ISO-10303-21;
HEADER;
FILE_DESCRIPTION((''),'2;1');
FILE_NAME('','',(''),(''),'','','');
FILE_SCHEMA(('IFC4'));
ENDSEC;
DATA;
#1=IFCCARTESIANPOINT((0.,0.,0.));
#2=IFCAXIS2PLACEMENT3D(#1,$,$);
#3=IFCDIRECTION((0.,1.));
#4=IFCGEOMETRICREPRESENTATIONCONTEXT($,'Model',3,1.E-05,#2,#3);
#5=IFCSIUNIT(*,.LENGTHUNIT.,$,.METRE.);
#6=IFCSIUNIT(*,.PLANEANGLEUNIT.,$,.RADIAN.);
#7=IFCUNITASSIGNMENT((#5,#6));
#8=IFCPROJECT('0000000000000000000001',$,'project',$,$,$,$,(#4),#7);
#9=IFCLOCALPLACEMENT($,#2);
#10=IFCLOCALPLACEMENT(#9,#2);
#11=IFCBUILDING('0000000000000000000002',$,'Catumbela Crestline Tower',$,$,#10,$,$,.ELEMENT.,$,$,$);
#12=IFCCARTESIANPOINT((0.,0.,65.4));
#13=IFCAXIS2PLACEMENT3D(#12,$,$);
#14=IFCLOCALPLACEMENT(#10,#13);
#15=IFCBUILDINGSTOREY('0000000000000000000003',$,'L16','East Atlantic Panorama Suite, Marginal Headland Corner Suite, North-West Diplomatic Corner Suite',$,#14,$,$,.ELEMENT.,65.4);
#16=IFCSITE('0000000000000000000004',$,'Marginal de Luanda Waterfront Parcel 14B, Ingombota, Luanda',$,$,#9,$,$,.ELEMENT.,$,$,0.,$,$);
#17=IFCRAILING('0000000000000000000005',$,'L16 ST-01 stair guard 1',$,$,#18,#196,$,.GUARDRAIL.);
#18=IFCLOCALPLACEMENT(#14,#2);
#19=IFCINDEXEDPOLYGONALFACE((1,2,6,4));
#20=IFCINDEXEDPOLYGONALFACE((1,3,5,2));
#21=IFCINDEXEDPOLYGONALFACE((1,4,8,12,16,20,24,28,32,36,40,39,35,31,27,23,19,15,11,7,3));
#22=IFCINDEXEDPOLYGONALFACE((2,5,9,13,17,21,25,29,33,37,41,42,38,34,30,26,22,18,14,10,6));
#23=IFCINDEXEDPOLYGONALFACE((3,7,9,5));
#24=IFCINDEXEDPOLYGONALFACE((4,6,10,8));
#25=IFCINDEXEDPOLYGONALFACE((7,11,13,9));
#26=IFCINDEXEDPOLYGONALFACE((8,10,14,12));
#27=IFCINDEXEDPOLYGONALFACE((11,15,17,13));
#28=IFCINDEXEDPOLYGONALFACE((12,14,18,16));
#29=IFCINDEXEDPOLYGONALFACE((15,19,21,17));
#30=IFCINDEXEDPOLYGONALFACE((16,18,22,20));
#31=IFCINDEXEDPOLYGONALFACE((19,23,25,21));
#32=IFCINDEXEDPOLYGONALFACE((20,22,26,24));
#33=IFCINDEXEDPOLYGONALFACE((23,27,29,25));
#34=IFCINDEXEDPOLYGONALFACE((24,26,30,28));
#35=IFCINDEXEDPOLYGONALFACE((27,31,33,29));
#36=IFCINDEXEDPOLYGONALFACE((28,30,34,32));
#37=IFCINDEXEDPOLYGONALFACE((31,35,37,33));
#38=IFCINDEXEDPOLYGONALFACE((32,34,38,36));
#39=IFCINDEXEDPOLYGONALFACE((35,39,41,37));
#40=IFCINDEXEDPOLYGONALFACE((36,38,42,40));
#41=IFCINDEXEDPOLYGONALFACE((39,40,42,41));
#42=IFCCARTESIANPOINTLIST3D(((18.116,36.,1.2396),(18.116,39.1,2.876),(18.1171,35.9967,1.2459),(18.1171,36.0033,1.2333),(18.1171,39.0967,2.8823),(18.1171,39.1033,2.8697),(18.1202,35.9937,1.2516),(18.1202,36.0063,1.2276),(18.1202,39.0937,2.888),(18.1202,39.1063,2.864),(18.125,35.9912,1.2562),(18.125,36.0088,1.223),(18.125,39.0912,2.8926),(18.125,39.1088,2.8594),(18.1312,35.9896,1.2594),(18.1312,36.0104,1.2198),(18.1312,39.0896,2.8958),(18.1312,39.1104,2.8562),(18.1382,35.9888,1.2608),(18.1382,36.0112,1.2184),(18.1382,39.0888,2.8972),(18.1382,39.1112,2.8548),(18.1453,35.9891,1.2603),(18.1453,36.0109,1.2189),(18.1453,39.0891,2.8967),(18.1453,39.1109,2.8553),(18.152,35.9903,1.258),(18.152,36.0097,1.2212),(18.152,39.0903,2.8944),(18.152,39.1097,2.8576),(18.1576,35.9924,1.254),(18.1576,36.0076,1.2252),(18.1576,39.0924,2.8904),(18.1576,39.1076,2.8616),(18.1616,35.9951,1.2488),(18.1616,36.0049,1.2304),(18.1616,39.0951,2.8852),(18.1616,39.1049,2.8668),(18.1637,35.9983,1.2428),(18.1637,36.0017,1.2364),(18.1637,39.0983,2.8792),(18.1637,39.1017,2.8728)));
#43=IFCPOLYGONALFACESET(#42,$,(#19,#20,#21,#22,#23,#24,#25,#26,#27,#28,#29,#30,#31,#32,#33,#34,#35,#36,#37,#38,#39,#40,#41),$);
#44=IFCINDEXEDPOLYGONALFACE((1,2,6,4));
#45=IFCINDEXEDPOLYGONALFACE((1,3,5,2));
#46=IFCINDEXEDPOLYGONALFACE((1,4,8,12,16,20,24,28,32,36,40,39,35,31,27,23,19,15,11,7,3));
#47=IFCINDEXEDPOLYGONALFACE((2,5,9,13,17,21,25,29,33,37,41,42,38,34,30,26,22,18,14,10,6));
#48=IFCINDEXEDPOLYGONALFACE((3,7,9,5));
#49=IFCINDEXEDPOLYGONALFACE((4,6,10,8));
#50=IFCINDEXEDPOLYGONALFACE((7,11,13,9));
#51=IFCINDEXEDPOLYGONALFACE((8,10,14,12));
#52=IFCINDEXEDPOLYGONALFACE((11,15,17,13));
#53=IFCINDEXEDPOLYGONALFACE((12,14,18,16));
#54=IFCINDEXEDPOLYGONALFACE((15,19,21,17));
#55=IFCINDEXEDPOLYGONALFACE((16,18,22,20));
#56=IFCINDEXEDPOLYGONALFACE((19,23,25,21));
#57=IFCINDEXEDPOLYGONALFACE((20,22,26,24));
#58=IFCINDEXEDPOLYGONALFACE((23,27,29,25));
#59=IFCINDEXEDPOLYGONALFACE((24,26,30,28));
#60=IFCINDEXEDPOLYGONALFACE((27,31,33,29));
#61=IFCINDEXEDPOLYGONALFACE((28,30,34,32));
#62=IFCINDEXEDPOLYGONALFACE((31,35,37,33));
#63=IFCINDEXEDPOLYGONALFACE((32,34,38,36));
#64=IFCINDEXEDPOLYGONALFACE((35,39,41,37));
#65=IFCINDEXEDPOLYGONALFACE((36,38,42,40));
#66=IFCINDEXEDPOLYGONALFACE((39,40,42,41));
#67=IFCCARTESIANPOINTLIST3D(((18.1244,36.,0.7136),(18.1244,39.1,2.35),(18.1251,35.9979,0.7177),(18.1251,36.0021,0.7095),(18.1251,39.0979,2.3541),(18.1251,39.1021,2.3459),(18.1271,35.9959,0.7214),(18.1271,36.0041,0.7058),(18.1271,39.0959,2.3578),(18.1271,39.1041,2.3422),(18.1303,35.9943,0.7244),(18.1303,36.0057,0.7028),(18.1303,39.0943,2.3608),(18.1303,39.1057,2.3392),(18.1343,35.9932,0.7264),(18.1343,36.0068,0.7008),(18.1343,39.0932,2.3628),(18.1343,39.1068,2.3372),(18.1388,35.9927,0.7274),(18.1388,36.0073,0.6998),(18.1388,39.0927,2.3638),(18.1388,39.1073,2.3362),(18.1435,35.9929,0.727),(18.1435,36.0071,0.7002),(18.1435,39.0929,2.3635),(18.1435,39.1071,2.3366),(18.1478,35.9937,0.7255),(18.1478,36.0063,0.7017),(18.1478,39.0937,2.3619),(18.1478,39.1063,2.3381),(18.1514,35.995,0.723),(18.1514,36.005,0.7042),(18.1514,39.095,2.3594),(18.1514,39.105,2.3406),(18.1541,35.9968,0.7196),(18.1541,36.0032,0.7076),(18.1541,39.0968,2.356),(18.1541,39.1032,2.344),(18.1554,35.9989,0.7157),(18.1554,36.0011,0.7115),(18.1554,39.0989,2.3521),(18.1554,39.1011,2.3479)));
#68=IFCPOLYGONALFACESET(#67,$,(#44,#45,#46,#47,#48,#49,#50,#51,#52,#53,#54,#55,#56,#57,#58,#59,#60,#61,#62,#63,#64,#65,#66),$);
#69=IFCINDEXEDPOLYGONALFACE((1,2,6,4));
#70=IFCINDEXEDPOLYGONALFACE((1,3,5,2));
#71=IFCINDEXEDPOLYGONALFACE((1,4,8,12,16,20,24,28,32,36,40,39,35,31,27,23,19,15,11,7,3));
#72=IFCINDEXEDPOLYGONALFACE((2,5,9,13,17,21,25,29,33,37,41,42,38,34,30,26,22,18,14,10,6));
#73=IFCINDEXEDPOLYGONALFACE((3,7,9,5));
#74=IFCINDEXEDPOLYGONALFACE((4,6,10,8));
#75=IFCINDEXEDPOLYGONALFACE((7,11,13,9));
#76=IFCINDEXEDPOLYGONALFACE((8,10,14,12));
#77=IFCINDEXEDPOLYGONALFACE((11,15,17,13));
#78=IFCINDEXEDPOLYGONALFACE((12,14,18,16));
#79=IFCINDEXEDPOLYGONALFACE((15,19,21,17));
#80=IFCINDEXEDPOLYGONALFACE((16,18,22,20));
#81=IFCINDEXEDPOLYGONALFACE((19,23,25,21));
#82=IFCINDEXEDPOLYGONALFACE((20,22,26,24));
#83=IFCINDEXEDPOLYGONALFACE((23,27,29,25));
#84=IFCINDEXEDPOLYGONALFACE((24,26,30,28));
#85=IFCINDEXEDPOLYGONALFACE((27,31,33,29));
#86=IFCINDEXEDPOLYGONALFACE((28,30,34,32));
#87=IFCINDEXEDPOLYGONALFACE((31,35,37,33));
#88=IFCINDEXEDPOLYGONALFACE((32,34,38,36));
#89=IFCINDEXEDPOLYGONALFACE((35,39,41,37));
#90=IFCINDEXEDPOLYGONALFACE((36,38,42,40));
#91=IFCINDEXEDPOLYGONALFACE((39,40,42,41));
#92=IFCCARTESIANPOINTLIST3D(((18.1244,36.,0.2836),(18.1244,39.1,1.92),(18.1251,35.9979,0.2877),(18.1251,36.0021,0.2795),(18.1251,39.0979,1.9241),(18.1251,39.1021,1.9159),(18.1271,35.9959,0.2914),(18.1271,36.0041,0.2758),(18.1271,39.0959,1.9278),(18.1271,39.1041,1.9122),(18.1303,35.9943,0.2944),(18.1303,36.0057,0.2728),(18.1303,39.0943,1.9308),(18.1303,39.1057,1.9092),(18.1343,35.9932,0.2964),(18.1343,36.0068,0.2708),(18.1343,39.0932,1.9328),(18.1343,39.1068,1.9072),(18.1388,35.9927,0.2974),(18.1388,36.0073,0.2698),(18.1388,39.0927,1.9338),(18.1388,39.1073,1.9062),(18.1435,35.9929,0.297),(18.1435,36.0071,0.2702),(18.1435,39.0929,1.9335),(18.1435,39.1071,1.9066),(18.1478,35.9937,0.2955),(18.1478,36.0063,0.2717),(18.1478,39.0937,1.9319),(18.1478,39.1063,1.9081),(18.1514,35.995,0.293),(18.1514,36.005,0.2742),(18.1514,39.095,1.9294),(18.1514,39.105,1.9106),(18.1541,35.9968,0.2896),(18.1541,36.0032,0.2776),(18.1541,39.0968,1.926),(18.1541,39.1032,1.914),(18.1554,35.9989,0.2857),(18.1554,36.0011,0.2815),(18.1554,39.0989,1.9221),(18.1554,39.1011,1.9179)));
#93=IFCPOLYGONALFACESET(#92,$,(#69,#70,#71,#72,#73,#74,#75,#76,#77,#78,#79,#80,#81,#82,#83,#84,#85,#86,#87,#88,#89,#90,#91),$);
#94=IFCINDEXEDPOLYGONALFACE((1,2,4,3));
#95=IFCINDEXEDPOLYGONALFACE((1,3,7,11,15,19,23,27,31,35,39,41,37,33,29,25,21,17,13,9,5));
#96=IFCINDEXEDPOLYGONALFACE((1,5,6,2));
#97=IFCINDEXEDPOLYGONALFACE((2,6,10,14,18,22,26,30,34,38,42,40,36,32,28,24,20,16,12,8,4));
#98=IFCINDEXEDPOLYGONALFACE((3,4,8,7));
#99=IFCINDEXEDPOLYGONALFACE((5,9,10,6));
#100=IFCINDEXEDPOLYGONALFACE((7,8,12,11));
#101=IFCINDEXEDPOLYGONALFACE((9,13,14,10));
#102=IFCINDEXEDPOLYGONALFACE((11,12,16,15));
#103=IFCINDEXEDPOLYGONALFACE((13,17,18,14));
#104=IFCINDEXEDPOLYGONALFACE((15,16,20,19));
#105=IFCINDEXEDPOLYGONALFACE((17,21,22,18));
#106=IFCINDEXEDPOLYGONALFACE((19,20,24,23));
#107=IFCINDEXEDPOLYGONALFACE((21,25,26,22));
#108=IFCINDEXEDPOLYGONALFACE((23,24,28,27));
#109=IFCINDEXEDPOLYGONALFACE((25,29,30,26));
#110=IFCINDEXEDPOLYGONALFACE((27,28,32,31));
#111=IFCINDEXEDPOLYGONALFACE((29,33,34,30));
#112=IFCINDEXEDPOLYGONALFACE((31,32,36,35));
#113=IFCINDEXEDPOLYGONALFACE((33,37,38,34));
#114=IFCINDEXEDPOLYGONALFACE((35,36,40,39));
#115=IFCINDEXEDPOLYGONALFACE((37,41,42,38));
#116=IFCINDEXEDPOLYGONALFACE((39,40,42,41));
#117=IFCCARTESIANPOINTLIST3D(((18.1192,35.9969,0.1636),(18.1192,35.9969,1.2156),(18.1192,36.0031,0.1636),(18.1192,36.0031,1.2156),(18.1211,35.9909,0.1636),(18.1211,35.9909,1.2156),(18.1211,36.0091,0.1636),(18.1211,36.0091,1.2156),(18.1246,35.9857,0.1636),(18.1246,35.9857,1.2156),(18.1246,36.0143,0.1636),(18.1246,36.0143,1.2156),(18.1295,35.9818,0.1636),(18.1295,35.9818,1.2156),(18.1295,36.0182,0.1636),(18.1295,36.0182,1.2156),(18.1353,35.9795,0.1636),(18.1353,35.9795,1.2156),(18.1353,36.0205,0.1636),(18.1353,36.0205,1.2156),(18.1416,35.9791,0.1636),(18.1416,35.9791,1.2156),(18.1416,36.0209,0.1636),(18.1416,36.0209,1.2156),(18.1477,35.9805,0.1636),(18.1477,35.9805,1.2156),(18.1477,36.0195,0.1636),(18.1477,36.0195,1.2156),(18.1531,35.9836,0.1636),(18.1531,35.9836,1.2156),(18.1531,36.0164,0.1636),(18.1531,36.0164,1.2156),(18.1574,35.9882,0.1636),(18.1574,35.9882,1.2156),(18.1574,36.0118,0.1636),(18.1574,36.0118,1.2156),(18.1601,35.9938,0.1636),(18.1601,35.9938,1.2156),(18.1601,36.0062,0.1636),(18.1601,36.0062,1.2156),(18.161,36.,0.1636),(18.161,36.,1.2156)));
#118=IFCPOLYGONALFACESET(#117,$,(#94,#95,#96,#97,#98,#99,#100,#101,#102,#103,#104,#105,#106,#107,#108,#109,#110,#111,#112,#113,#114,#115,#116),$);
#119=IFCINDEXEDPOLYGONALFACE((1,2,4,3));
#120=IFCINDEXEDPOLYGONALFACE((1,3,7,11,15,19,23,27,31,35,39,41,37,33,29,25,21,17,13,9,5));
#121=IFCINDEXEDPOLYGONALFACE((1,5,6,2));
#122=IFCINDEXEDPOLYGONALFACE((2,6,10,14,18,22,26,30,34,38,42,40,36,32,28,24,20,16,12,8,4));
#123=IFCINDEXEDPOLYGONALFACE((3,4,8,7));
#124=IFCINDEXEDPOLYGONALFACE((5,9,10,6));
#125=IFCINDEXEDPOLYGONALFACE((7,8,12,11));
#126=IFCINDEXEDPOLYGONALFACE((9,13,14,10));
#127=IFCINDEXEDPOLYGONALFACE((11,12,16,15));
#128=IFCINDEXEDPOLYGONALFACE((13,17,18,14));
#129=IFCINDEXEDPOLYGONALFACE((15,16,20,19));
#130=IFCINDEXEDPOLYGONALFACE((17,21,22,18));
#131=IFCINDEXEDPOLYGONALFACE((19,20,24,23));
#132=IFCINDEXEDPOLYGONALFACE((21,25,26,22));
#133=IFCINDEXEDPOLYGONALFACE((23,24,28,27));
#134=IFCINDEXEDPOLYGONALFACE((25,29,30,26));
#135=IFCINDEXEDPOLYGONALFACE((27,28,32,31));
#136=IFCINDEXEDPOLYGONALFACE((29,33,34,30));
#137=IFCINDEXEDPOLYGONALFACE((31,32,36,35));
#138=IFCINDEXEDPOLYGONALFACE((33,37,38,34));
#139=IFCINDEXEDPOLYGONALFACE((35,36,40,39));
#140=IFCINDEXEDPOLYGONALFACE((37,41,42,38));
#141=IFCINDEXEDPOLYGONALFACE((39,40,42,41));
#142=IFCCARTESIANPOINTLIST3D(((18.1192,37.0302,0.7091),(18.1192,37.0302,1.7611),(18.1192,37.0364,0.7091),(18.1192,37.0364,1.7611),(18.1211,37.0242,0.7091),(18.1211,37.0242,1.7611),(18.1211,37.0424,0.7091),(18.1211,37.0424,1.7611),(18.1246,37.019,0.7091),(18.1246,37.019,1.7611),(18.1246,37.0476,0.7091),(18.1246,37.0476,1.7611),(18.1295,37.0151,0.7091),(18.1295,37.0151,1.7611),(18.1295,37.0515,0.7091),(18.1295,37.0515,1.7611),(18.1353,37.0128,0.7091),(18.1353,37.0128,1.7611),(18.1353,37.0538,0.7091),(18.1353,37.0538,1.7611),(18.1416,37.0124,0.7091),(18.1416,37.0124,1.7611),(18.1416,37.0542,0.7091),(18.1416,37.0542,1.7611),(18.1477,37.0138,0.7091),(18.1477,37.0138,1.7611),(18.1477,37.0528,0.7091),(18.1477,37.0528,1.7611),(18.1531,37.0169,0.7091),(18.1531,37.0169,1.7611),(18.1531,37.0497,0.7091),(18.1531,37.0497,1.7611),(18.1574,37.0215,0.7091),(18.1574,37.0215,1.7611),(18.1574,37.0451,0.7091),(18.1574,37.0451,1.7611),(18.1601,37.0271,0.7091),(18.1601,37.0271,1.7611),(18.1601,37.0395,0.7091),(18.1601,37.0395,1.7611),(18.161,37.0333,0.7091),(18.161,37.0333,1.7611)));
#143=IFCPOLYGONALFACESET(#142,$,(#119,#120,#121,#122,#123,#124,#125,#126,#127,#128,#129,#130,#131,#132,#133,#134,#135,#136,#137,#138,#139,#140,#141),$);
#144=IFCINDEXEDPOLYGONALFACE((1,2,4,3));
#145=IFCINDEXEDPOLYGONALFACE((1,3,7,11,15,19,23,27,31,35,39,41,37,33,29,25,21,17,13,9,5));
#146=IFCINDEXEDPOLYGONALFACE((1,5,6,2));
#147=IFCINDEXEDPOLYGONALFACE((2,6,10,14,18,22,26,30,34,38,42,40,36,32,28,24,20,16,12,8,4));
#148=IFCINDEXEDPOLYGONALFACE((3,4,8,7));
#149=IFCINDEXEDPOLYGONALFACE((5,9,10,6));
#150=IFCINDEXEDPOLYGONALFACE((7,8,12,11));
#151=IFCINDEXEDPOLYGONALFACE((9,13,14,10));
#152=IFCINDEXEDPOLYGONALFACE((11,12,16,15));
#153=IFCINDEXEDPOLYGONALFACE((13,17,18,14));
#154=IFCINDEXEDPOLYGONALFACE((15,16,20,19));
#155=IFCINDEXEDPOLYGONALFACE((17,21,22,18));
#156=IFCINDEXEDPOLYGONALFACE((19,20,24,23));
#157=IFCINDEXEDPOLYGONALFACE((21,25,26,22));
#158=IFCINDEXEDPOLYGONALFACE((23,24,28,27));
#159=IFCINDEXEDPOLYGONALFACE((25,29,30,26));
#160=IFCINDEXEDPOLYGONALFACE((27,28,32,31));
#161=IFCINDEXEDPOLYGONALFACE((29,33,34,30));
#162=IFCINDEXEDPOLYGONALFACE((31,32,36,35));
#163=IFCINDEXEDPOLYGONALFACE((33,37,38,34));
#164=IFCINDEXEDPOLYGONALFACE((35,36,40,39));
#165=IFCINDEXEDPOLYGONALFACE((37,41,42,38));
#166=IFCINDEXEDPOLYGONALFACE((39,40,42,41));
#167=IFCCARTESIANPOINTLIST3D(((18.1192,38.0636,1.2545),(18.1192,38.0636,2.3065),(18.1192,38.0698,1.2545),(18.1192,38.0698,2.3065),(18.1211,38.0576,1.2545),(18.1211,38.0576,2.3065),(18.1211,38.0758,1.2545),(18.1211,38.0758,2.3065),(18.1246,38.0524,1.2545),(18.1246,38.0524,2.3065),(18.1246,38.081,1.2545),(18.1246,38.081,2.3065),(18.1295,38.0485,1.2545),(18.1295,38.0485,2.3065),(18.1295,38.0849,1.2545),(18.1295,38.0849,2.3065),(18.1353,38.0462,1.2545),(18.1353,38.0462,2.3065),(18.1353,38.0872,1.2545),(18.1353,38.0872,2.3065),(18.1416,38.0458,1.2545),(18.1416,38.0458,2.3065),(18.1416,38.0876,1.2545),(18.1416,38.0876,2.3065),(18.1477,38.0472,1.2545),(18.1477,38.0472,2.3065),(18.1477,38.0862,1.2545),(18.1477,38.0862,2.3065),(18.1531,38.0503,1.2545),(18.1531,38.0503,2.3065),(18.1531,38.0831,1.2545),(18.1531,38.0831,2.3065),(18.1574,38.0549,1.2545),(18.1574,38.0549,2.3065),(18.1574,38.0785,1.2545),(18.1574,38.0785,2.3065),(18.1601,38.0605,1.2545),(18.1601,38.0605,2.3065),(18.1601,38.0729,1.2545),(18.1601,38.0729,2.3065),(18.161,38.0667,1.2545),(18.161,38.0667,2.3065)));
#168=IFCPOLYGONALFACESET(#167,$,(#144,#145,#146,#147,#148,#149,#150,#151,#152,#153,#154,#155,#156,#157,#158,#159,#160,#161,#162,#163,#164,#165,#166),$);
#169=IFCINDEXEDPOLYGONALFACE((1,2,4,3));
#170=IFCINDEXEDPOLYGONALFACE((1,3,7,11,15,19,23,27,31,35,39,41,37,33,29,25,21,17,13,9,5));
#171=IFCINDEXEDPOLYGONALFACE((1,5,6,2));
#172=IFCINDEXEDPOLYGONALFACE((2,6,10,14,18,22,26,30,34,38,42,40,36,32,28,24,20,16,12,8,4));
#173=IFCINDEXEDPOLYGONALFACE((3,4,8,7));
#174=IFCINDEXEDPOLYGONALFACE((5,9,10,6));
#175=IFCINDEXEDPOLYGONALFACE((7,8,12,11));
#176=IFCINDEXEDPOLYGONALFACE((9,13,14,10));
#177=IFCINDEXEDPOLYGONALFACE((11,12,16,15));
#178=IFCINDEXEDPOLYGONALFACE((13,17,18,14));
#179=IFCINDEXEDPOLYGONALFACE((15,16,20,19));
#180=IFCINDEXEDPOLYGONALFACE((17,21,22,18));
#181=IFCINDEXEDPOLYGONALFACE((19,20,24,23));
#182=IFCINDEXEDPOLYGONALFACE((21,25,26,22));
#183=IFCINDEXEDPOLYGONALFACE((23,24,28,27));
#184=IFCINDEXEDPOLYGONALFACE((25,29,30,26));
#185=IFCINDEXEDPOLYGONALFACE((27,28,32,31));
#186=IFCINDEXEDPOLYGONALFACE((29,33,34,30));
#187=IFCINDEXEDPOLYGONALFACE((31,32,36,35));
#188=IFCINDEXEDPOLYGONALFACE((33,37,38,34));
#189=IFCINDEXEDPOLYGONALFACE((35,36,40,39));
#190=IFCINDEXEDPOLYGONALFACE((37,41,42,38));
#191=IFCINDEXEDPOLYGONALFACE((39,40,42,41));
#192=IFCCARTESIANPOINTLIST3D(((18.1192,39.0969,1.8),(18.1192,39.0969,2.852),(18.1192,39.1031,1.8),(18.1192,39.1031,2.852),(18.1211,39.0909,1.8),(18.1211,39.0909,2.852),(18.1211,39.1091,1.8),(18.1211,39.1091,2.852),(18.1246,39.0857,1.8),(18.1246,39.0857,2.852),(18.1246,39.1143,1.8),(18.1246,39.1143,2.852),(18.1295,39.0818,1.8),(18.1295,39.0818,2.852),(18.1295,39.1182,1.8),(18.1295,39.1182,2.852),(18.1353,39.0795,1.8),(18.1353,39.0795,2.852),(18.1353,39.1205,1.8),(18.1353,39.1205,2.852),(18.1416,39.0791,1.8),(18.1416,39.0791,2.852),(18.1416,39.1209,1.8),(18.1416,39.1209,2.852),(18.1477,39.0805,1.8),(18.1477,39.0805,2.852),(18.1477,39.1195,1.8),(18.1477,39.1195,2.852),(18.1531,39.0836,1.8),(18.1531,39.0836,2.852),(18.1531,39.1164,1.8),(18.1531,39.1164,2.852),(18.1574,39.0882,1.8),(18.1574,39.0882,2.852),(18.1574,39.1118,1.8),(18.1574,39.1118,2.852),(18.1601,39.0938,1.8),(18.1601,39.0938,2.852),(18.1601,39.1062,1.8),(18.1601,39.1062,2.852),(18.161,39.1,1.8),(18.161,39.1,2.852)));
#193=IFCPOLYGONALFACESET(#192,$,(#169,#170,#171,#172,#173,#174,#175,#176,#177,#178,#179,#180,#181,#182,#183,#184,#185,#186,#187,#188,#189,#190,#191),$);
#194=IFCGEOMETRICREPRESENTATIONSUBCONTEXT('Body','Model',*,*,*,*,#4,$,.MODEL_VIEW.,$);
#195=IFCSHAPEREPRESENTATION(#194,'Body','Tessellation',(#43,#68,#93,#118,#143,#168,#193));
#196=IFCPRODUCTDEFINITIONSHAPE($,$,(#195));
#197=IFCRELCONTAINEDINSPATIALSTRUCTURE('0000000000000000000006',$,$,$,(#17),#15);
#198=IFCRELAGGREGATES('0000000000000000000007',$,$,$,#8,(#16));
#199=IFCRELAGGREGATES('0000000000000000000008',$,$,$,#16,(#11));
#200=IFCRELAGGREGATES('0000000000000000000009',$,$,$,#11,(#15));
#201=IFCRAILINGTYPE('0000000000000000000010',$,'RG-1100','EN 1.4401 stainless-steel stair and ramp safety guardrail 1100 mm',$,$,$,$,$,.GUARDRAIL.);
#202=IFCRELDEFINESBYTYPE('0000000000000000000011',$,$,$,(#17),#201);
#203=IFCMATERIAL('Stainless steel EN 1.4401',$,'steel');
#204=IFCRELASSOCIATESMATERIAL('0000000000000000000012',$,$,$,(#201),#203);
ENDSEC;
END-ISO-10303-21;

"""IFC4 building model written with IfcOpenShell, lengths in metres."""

from ifc_helpers import new_model, si_unit, direction, frame, origin, origin_2d, place, context, subcontext, project, spatial, circle, extrude, material, type_object, element, save


model = new_model("IFC4")

# Units and contexts
model_context = context("Model", 3, precision=1e-05, world=origin(), true_north=direction((0.0, 1.0)))
body_context = subcontext(model_context, "Body", "Model", "MODEL_VIEW")
ifc_project = project(units=[si_unit("LENGTHUNIT", "METRE"), si_unit("PLANEANGLEUNIT", "RADIAN")], contexts=[model_context])

# Site, building, storey
site_placement = place(None, origin())
site = spatial("IfcSite", under=ifc_project, at=site_placement, Name="Marginal de Luanda Waterfront Parcel 14B, Ingombota, Luanda", CompositionType="ELEMENT", RefElevation=0.0)
building_placement = place(site_placement, origin())
building = spatial("IfcBuilding", under=site, at=building_placement, Name="Catumbela Crestline Tower", CompositionType="ELEMENT")
storey_placement = place(building_placement, frame((0.0, 0.0, 65.4)))
storey = spatial("IfcBuildingStorey", under=building, at=storey_placement, Name="L16", Description="East Atlantic Panorama Suite, Marginal Headland Corner Suite, North-West Diplomatic Corner Suite", CompositionType="ELEMENT", Elevation=65.4)

# Railing
ifc_material_1 = material(Name="Stainless steel EN 1.4401", Category="steel")
railing_type_1 = type_object("IfcRailingType", Name="RG-1100", Description="EN 1.4401 stainless-steel stair and ramp safety guardrail 1100 mm", PredefinedType="GUARDRAIL", material=ifc_material_1)
railing_1_placement = place(storey_placement, frame((18.14, 36.0, 0.1636)))
element("IfcRailing", 1, at=railing_1_placement, inside=storey, type_object=railing_type_1, Name="L16 ST-01 stair guard 1", PredefinedType="GUARDRAIL", context=body_context, shape_type="SweptSolid", body=[
    extrude(circle(Radius=0.024, at=origin_2d()), frame((0.0, 0.0, 1.076), z_axis=(0.0, 0.884351, 0.466823), x_axis=(-1.0, 0.0, 0.0)), (0.0, 0.0, 1.0), 3.5054),
    extrude(circle(Radius=0.0156, at=origin_2d()), frame((0.0, 0.0, 0.55), z_axis=(0.0, 0.884351, 0.466823), x_axis=(-1.0, 0.0, 0.0)), (0.0, 0.0, 1.0), 3.5054),
    extrude(circle(Radius=0.0156, at=origin_2d()), frame((0.0, 0.0, 0.12), z_axis=(0.0, 0.884351, 0.466823), x_axis=(-1.0, 0.0, 0.0)), (0.0, 0.0, 1.0), 3.5054),
    extrude(circle(Radius=0.021, at=origin_2d()), origin(), (0.0, 0.0, 1.0), 1.052),
    extrude(circle(Radius=0.021, at=origin_2d()), frame((0.0, 1.0333, 0.5455)), (0.0, 0.0, 1.0), 1.052),
    extrude(circle(Radius=0.021, at=origin_2d()), frame((0.0, 2.0667, 1.0909)), (0.0, 0.0, 1.0), 1.052),
    extrude(circle(Radius=0.021, at=origin_2d()), frame((0.0, 3.1, 1.6364)), (0.0, 0.0, 1.0), 1.052),
])

save(model, "model.ifc")
